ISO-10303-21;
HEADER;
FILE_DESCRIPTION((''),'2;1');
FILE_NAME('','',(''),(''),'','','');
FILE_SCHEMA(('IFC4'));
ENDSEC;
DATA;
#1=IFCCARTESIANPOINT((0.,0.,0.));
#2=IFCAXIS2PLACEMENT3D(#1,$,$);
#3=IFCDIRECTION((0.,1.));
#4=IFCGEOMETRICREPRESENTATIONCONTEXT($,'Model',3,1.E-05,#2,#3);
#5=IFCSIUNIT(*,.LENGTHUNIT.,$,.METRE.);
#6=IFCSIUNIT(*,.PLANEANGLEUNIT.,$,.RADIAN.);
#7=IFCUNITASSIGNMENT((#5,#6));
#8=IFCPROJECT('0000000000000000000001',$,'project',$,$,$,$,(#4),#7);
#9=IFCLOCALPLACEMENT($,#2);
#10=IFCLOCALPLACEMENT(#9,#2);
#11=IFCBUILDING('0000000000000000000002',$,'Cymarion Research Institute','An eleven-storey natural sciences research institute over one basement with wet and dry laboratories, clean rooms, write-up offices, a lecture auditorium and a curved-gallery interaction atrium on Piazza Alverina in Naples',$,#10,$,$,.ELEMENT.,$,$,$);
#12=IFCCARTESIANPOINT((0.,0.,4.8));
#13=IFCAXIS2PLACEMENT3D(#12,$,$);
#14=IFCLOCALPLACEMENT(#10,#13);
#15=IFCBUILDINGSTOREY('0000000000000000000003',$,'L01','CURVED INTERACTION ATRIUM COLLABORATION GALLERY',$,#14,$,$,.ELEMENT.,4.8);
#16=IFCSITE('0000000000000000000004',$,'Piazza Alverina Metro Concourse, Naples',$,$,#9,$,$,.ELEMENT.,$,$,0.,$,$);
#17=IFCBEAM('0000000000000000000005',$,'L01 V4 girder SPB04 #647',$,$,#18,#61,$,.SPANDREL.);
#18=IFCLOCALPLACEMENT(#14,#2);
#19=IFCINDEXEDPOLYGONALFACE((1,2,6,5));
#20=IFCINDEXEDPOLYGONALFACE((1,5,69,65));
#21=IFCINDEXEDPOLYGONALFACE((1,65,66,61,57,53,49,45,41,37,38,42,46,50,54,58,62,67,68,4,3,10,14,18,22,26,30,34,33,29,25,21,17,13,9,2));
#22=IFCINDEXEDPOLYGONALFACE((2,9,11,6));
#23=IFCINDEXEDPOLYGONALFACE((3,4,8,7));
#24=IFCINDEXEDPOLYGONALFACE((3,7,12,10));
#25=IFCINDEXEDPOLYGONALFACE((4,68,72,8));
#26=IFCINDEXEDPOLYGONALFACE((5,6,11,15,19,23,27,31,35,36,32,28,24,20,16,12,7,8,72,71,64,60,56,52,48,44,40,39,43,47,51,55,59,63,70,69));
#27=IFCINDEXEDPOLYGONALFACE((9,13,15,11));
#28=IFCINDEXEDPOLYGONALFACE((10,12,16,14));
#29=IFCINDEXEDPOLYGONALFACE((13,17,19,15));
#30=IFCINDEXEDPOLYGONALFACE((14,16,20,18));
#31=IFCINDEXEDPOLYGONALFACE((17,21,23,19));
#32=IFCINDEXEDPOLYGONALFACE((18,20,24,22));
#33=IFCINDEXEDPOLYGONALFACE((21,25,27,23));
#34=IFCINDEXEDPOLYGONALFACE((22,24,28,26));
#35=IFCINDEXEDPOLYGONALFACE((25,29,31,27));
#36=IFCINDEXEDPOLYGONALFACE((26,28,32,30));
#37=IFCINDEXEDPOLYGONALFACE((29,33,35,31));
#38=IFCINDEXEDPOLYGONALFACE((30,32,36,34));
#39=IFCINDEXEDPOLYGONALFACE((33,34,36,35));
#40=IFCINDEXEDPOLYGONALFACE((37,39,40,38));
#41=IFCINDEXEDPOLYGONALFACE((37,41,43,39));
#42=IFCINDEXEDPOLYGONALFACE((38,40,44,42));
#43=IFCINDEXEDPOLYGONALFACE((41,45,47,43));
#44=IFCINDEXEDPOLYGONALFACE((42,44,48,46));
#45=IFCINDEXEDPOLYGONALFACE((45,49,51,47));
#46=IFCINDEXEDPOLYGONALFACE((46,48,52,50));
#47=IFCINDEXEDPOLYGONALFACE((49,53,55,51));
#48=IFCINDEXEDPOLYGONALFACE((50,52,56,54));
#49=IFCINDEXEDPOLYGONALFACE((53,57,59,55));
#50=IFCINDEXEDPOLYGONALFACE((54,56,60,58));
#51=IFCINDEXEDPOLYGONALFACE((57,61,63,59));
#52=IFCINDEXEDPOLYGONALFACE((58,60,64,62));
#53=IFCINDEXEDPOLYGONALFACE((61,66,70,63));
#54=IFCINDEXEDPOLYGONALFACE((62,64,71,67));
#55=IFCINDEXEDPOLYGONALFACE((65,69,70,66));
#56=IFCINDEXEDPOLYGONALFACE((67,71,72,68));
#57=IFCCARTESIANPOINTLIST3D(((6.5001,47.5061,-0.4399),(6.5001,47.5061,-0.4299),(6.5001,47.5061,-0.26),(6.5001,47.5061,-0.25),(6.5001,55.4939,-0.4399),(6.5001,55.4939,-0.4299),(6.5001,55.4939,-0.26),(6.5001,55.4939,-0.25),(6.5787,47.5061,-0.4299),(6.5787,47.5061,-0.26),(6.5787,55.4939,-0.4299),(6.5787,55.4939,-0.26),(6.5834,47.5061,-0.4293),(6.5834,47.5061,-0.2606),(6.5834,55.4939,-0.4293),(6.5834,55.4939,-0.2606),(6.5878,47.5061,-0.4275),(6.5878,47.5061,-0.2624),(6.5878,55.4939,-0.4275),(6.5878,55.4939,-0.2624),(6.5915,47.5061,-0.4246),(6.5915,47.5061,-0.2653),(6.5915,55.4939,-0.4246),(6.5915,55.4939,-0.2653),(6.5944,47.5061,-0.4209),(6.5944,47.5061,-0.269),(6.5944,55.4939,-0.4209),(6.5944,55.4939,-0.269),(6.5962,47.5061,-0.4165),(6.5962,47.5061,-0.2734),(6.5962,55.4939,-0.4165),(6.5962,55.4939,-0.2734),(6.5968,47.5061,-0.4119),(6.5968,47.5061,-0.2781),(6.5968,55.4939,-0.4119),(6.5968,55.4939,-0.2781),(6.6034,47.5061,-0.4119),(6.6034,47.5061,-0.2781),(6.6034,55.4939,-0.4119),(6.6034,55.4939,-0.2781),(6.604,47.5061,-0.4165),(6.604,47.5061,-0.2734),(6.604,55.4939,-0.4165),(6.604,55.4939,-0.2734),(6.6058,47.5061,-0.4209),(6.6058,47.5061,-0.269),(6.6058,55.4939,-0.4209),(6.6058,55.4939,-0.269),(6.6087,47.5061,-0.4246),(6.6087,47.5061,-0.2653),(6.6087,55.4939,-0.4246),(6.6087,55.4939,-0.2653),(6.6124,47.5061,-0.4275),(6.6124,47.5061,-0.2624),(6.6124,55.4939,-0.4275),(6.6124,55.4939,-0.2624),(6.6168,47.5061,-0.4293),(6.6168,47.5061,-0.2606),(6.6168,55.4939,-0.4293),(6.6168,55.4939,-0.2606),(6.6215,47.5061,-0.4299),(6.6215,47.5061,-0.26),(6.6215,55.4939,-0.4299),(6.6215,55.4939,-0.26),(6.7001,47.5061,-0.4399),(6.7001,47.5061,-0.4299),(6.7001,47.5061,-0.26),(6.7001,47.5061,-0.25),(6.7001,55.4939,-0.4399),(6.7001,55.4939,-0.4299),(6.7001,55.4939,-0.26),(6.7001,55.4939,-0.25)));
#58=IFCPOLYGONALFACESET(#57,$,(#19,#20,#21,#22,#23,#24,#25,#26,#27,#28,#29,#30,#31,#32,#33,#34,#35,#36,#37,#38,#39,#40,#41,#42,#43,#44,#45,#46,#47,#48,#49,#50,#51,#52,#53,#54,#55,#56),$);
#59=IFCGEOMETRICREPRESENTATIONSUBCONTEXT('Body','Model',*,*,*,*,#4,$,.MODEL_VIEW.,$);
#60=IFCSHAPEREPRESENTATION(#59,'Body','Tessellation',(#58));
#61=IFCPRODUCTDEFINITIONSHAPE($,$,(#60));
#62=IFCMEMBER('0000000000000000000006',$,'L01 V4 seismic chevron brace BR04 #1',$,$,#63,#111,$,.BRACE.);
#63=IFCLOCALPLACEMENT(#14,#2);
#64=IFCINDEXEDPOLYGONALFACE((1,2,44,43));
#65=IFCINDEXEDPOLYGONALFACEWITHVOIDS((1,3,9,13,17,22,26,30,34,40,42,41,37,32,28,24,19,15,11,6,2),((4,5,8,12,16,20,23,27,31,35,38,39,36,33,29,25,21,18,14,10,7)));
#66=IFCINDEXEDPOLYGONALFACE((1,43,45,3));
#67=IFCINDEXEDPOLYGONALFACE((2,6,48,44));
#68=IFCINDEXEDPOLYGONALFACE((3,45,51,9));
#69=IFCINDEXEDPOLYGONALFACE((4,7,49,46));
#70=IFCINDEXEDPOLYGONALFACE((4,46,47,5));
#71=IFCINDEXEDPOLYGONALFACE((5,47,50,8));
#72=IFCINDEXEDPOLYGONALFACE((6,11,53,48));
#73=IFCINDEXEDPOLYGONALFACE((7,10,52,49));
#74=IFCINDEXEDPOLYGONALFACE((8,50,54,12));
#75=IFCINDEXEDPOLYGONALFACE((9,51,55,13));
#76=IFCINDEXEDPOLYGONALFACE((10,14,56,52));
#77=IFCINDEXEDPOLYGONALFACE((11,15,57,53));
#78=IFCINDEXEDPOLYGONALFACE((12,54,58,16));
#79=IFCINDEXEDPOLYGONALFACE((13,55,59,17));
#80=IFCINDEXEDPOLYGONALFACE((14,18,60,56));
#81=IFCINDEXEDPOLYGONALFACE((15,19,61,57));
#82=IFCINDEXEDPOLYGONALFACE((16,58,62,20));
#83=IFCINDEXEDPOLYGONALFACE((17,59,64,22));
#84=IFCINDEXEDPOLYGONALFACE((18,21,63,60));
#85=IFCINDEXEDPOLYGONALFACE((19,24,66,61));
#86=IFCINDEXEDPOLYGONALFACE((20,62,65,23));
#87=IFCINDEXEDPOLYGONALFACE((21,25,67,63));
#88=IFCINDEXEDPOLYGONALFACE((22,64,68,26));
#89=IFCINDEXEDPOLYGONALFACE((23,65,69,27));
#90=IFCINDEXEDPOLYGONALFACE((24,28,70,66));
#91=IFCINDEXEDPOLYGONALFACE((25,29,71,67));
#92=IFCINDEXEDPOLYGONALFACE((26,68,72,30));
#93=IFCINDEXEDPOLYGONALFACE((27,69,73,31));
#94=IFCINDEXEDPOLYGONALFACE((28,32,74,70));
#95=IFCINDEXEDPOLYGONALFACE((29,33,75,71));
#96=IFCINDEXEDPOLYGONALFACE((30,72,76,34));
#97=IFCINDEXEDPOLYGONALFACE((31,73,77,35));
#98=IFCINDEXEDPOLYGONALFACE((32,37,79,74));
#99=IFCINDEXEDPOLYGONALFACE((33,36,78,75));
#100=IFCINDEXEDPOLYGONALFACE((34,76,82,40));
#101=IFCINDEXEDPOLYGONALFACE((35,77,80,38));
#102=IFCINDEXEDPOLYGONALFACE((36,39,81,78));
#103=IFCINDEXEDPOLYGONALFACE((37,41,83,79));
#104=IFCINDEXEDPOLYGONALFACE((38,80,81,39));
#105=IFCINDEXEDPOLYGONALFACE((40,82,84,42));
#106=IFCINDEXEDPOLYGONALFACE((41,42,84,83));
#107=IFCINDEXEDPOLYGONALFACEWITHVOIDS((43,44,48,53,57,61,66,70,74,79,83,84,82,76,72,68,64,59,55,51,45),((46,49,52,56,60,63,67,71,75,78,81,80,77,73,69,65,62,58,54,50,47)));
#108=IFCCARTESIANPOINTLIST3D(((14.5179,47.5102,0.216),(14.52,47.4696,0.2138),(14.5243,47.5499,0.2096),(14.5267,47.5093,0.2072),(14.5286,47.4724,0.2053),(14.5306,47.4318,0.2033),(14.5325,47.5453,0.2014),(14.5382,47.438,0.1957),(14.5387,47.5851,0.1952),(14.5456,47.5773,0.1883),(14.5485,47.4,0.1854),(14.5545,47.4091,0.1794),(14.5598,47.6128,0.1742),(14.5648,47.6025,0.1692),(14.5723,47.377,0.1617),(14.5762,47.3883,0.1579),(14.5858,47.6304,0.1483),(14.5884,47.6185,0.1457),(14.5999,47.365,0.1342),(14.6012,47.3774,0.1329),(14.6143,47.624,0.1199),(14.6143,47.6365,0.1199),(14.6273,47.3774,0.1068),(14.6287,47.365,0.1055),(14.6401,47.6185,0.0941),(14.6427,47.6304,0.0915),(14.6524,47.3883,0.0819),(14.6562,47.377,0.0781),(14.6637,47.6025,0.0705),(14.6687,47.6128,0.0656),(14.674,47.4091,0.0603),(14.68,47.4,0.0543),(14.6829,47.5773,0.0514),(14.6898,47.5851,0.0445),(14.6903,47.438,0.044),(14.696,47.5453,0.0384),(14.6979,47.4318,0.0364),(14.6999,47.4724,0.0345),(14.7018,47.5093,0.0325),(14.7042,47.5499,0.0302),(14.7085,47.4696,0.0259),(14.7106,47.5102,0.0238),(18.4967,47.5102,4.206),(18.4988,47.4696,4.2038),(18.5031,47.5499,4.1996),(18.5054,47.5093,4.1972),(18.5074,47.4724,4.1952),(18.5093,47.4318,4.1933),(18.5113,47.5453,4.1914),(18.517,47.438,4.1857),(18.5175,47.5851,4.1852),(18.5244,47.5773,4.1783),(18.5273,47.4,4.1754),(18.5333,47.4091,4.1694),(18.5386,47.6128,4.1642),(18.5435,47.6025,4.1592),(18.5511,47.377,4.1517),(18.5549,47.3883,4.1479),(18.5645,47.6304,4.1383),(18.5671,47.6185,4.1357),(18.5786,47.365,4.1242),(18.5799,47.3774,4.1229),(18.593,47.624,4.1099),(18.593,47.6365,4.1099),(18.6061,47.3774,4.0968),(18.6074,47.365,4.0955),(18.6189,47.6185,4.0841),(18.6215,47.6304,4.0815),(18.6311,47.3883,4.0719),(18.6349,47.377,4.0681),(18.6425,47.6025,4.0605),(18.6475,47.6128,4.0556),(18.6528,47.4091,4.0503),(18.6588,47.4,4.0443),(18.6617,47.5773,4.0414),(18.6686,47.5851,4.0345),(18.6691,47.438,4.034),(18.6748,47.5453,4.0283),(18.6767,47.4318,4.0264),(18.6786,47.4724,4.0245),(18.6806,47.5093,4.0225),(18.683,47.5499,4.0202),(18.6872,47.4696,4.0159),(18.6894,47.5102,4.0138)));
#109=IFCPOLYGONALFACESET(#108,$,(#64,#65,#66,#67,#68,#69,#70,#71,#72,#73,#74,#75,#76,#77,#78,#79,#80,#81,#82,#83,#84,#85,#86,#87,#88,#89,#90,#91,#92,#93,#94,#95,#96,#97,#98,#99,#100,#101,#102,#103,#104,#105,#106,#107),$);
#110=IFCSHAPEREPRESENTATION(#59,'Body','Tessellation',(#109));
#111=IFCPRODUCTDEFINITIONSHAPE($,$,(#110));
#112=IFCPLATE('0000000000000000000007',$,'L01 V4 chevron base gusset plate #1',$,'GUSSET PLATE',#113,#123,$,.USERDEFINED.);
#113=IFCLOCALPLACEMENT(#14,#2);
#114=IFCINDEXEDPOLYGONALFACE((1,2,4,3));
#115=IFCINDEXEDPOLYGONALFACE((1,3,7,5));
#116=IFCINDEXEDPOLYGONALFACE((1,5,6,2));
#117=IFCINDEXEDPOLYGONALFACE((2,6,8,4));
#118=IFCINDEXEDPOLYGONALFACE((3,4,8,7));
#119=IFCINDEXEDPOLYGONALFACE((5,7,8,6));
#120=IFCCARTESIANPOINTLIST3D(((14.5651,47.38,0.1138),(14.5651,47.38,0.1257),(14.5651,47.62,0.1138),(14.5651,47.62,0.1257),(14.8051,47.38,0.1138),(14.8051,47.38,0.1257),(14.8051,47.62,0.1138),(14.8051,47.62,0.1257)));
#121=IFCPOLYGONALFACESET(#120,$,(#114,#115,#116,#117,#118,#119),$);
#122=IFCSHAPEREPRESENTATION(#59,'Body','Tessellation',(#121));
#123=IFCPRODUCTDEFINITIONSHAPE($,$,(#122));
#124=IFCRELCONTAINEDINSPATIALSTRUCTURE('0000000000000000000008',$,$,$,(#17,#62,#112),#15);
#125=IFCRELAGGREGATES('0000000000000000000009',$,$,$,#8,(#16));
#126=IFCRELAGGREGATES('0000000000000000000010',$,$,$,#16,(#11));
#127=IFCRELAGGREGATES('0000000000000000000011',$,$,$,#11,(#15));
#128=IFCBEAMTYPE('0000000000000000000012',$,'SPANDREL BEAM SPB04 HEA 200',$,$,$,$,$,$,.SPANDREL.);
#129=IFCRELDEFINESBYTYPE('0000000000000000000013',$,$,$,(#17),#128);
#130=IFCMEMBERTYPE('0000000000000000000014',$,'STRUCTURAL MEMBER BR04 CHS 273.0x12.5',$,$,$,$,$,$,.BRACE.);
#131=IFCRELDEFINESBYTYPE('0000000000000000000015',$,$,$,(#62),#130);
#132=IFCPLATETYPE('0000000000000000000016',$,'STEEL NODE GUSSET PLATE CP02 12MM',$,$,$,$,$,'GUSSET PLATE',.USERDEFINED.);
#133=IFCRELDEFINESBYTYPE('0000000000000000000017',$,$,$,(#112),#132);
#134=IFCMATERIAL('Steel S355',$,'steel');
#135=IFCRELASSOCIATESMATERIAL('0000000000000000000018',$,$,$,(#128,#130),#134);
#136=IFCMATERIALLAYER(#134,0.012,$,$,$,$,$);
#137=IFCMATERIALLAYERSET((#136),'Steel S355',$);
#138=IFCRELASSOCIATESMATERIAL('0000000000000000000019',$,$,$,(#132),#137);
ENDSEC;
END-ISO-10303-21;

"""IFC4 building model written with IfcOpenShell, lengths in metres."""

from ifc_helpers import new_model, si_unit, direction, frame, origin, origin_2d, place, context, subcontext, project, spatial, rectangle, hollow_circle, i_section, extrude, material, layer, layer_set, material_profile, profile_set, type_object, element, save


model = new_model("IFC4")

# Units and contexts
model_context = context("Model", 3, precision=1e-05, world=origin(), true_north=direction((0.0, 1.0)))
body_context = subcontext(model_context, "Body", "Model", "MODEL_VIEW")
ifc_project = project(units=[si_unit("LENGTHUNIT", "METRE"), si_unit("PLANEANGLEUNIT", "RADIAN")], contexts=[model_context])

# Site, building, storey
site_placement = place(None, origin())
site = spatial("IfcSite", under=ifc_project, at=site_placement, Name="Piazza Alverina Metro Concourse, Naples", CompositionType="ELEMENT", RefElevation=0.0)
building_placement = place(site_placement, origin())
building = spatial("IfcBuilding", under=site, at=building_placement, Name="Cymarion Research Institute", Description="An eleven-storey natural sciences research institute over one basement with wet and dry laboratories, clean rooms, write-up offices, a lecture auditorium and a curved-gallery interaction atrium on Piazza Alverina in Naples", CompositionType="ELEMENT")
storey_placement = place(building_placement, frame((0.0, 0.0, 4.8)))
storey = spatial("IfcBuildingStorey", under=building, at=storey_placement, Name="L01", Description="CURVED INTERACTION ATRIUM COLLABORATION GALLERY", CompositionType="ELEMENT", Elevation=4.8)

# Shared definitions
ifc_material_1 = material(Name="Steel S355", Category="steel")

# Beam
ifc_material_profile_1 = material_profile(ifc_material_1, i_section(OverallWidth=0.2, OverallDepth=0.1899, WebThickness=0.0066, FlangeThickness=0.01, FilletRadius=0.0181, at=origin_2d()), Name="HEA 200")
ifc_profile_set_1 = profile_set([ifc_material_profile_1], Name="Steel S355")
beam_type_1 = type_object("IfcBeamType", Name="SPANDREL BEAM SPB04 HEA 200", PredefinedType="SPANDREL", material=ifc_profile_set_1)
beam_1_placement = place(storey_placement, frame((6.6001, 47.5061, -0.345), z_axis=(0.0, 1.0, 0.0), x_axis=(-1.0, 0.0, 0.0)))
element("IfcBeam", 1, at=beam_1_placement, inside=storey, type_object=beam_type_1, Name="L01 V4 girder SPB04 #647", PredefinedType="SPANDREL", context=body_context, shape_type="SweptSolid", body=[
    extrude(i_section(OverallWidth=0.2, OverallDepth=0.1899, WebThickness=0.0066, FlangeThickness=0.01, FilletRadius=0.0181, at=origin_2d()), origin(), (0.0, 0.0, 1.0), 7.9878),
])

# Member
ifc_material_profile_2 = material_profile(ifc_material_1, hollow_circle(Radius=0.1365, WallThickness=0.0125, at=origin_2d()), Name="CHS 273.0x12.5")
ifc_profile_set_2 = profile_set([ifc_material_profile_2], Name="Steel S355")
member_type_1 = type_object("IfcMemberType", Name="STRUCTURAL MEMBER BR04 CHS 273.0x12.5", PredefinedType="BRACE", material=ifc_profile_set_2)
member_1_placement = place(storey_placement, frame((14.6143, 47.5, 0.1199), z_axis=(0.70611, 0.0, 0.708103), x_axis=(0.0, 1.0, 0.0)))
element("IfcMember", 2, at=member_1_placement, inside=storey, type_object=member_type_1, Name="L01 V4 seismic chevron brace BR04 #1", PredefinedType="BRACE", context=body_context, shape_type="SweptSolid", body=[
    extrude(hollow_circle(Radius=0.1365, WallThickness=0.0125, at=origin_2d()), origin(), (0.0, 0.0, 1.0), 5.6348),
])

# Plate
ifc_layer_1 = layer(ifc_material_1, 0.012)
ifc_layer_set_1 = layer_set([ifc_layer_1], Name="Steel S355")
plate_type = type_object("IfcPlateType", Name="STEEL NODE GUSSET PLATE CP02 12MM", ElementType="GUSSET PLATE", PredefinedType="USERDEFINED", material=ifc_layer_set_1)
plate_placement = place(storey_placement, frame((14.6851, 47.5, 0.1138), z_axis=(0.0, 0.0, 1.0), x_axis=(1.0, 0.0, 0.0)))
element("IfcPlate", 3, at=plate_placement, inside=storey, type_object=plate_type, Name="L01 V4 chevron base gusset plate #1", ObjectType="GUSSET PLATE", PredefinedType="USERDEFINED", context=body_context, shape_type="SweptSolid", body=[
    extrude(rectangle(XDim=0.24, YDim=0.24, at=origin_2d()), origin(), (0.0, 0.0, 1.0), 0.012),
])

save(model, "model.ifc")
